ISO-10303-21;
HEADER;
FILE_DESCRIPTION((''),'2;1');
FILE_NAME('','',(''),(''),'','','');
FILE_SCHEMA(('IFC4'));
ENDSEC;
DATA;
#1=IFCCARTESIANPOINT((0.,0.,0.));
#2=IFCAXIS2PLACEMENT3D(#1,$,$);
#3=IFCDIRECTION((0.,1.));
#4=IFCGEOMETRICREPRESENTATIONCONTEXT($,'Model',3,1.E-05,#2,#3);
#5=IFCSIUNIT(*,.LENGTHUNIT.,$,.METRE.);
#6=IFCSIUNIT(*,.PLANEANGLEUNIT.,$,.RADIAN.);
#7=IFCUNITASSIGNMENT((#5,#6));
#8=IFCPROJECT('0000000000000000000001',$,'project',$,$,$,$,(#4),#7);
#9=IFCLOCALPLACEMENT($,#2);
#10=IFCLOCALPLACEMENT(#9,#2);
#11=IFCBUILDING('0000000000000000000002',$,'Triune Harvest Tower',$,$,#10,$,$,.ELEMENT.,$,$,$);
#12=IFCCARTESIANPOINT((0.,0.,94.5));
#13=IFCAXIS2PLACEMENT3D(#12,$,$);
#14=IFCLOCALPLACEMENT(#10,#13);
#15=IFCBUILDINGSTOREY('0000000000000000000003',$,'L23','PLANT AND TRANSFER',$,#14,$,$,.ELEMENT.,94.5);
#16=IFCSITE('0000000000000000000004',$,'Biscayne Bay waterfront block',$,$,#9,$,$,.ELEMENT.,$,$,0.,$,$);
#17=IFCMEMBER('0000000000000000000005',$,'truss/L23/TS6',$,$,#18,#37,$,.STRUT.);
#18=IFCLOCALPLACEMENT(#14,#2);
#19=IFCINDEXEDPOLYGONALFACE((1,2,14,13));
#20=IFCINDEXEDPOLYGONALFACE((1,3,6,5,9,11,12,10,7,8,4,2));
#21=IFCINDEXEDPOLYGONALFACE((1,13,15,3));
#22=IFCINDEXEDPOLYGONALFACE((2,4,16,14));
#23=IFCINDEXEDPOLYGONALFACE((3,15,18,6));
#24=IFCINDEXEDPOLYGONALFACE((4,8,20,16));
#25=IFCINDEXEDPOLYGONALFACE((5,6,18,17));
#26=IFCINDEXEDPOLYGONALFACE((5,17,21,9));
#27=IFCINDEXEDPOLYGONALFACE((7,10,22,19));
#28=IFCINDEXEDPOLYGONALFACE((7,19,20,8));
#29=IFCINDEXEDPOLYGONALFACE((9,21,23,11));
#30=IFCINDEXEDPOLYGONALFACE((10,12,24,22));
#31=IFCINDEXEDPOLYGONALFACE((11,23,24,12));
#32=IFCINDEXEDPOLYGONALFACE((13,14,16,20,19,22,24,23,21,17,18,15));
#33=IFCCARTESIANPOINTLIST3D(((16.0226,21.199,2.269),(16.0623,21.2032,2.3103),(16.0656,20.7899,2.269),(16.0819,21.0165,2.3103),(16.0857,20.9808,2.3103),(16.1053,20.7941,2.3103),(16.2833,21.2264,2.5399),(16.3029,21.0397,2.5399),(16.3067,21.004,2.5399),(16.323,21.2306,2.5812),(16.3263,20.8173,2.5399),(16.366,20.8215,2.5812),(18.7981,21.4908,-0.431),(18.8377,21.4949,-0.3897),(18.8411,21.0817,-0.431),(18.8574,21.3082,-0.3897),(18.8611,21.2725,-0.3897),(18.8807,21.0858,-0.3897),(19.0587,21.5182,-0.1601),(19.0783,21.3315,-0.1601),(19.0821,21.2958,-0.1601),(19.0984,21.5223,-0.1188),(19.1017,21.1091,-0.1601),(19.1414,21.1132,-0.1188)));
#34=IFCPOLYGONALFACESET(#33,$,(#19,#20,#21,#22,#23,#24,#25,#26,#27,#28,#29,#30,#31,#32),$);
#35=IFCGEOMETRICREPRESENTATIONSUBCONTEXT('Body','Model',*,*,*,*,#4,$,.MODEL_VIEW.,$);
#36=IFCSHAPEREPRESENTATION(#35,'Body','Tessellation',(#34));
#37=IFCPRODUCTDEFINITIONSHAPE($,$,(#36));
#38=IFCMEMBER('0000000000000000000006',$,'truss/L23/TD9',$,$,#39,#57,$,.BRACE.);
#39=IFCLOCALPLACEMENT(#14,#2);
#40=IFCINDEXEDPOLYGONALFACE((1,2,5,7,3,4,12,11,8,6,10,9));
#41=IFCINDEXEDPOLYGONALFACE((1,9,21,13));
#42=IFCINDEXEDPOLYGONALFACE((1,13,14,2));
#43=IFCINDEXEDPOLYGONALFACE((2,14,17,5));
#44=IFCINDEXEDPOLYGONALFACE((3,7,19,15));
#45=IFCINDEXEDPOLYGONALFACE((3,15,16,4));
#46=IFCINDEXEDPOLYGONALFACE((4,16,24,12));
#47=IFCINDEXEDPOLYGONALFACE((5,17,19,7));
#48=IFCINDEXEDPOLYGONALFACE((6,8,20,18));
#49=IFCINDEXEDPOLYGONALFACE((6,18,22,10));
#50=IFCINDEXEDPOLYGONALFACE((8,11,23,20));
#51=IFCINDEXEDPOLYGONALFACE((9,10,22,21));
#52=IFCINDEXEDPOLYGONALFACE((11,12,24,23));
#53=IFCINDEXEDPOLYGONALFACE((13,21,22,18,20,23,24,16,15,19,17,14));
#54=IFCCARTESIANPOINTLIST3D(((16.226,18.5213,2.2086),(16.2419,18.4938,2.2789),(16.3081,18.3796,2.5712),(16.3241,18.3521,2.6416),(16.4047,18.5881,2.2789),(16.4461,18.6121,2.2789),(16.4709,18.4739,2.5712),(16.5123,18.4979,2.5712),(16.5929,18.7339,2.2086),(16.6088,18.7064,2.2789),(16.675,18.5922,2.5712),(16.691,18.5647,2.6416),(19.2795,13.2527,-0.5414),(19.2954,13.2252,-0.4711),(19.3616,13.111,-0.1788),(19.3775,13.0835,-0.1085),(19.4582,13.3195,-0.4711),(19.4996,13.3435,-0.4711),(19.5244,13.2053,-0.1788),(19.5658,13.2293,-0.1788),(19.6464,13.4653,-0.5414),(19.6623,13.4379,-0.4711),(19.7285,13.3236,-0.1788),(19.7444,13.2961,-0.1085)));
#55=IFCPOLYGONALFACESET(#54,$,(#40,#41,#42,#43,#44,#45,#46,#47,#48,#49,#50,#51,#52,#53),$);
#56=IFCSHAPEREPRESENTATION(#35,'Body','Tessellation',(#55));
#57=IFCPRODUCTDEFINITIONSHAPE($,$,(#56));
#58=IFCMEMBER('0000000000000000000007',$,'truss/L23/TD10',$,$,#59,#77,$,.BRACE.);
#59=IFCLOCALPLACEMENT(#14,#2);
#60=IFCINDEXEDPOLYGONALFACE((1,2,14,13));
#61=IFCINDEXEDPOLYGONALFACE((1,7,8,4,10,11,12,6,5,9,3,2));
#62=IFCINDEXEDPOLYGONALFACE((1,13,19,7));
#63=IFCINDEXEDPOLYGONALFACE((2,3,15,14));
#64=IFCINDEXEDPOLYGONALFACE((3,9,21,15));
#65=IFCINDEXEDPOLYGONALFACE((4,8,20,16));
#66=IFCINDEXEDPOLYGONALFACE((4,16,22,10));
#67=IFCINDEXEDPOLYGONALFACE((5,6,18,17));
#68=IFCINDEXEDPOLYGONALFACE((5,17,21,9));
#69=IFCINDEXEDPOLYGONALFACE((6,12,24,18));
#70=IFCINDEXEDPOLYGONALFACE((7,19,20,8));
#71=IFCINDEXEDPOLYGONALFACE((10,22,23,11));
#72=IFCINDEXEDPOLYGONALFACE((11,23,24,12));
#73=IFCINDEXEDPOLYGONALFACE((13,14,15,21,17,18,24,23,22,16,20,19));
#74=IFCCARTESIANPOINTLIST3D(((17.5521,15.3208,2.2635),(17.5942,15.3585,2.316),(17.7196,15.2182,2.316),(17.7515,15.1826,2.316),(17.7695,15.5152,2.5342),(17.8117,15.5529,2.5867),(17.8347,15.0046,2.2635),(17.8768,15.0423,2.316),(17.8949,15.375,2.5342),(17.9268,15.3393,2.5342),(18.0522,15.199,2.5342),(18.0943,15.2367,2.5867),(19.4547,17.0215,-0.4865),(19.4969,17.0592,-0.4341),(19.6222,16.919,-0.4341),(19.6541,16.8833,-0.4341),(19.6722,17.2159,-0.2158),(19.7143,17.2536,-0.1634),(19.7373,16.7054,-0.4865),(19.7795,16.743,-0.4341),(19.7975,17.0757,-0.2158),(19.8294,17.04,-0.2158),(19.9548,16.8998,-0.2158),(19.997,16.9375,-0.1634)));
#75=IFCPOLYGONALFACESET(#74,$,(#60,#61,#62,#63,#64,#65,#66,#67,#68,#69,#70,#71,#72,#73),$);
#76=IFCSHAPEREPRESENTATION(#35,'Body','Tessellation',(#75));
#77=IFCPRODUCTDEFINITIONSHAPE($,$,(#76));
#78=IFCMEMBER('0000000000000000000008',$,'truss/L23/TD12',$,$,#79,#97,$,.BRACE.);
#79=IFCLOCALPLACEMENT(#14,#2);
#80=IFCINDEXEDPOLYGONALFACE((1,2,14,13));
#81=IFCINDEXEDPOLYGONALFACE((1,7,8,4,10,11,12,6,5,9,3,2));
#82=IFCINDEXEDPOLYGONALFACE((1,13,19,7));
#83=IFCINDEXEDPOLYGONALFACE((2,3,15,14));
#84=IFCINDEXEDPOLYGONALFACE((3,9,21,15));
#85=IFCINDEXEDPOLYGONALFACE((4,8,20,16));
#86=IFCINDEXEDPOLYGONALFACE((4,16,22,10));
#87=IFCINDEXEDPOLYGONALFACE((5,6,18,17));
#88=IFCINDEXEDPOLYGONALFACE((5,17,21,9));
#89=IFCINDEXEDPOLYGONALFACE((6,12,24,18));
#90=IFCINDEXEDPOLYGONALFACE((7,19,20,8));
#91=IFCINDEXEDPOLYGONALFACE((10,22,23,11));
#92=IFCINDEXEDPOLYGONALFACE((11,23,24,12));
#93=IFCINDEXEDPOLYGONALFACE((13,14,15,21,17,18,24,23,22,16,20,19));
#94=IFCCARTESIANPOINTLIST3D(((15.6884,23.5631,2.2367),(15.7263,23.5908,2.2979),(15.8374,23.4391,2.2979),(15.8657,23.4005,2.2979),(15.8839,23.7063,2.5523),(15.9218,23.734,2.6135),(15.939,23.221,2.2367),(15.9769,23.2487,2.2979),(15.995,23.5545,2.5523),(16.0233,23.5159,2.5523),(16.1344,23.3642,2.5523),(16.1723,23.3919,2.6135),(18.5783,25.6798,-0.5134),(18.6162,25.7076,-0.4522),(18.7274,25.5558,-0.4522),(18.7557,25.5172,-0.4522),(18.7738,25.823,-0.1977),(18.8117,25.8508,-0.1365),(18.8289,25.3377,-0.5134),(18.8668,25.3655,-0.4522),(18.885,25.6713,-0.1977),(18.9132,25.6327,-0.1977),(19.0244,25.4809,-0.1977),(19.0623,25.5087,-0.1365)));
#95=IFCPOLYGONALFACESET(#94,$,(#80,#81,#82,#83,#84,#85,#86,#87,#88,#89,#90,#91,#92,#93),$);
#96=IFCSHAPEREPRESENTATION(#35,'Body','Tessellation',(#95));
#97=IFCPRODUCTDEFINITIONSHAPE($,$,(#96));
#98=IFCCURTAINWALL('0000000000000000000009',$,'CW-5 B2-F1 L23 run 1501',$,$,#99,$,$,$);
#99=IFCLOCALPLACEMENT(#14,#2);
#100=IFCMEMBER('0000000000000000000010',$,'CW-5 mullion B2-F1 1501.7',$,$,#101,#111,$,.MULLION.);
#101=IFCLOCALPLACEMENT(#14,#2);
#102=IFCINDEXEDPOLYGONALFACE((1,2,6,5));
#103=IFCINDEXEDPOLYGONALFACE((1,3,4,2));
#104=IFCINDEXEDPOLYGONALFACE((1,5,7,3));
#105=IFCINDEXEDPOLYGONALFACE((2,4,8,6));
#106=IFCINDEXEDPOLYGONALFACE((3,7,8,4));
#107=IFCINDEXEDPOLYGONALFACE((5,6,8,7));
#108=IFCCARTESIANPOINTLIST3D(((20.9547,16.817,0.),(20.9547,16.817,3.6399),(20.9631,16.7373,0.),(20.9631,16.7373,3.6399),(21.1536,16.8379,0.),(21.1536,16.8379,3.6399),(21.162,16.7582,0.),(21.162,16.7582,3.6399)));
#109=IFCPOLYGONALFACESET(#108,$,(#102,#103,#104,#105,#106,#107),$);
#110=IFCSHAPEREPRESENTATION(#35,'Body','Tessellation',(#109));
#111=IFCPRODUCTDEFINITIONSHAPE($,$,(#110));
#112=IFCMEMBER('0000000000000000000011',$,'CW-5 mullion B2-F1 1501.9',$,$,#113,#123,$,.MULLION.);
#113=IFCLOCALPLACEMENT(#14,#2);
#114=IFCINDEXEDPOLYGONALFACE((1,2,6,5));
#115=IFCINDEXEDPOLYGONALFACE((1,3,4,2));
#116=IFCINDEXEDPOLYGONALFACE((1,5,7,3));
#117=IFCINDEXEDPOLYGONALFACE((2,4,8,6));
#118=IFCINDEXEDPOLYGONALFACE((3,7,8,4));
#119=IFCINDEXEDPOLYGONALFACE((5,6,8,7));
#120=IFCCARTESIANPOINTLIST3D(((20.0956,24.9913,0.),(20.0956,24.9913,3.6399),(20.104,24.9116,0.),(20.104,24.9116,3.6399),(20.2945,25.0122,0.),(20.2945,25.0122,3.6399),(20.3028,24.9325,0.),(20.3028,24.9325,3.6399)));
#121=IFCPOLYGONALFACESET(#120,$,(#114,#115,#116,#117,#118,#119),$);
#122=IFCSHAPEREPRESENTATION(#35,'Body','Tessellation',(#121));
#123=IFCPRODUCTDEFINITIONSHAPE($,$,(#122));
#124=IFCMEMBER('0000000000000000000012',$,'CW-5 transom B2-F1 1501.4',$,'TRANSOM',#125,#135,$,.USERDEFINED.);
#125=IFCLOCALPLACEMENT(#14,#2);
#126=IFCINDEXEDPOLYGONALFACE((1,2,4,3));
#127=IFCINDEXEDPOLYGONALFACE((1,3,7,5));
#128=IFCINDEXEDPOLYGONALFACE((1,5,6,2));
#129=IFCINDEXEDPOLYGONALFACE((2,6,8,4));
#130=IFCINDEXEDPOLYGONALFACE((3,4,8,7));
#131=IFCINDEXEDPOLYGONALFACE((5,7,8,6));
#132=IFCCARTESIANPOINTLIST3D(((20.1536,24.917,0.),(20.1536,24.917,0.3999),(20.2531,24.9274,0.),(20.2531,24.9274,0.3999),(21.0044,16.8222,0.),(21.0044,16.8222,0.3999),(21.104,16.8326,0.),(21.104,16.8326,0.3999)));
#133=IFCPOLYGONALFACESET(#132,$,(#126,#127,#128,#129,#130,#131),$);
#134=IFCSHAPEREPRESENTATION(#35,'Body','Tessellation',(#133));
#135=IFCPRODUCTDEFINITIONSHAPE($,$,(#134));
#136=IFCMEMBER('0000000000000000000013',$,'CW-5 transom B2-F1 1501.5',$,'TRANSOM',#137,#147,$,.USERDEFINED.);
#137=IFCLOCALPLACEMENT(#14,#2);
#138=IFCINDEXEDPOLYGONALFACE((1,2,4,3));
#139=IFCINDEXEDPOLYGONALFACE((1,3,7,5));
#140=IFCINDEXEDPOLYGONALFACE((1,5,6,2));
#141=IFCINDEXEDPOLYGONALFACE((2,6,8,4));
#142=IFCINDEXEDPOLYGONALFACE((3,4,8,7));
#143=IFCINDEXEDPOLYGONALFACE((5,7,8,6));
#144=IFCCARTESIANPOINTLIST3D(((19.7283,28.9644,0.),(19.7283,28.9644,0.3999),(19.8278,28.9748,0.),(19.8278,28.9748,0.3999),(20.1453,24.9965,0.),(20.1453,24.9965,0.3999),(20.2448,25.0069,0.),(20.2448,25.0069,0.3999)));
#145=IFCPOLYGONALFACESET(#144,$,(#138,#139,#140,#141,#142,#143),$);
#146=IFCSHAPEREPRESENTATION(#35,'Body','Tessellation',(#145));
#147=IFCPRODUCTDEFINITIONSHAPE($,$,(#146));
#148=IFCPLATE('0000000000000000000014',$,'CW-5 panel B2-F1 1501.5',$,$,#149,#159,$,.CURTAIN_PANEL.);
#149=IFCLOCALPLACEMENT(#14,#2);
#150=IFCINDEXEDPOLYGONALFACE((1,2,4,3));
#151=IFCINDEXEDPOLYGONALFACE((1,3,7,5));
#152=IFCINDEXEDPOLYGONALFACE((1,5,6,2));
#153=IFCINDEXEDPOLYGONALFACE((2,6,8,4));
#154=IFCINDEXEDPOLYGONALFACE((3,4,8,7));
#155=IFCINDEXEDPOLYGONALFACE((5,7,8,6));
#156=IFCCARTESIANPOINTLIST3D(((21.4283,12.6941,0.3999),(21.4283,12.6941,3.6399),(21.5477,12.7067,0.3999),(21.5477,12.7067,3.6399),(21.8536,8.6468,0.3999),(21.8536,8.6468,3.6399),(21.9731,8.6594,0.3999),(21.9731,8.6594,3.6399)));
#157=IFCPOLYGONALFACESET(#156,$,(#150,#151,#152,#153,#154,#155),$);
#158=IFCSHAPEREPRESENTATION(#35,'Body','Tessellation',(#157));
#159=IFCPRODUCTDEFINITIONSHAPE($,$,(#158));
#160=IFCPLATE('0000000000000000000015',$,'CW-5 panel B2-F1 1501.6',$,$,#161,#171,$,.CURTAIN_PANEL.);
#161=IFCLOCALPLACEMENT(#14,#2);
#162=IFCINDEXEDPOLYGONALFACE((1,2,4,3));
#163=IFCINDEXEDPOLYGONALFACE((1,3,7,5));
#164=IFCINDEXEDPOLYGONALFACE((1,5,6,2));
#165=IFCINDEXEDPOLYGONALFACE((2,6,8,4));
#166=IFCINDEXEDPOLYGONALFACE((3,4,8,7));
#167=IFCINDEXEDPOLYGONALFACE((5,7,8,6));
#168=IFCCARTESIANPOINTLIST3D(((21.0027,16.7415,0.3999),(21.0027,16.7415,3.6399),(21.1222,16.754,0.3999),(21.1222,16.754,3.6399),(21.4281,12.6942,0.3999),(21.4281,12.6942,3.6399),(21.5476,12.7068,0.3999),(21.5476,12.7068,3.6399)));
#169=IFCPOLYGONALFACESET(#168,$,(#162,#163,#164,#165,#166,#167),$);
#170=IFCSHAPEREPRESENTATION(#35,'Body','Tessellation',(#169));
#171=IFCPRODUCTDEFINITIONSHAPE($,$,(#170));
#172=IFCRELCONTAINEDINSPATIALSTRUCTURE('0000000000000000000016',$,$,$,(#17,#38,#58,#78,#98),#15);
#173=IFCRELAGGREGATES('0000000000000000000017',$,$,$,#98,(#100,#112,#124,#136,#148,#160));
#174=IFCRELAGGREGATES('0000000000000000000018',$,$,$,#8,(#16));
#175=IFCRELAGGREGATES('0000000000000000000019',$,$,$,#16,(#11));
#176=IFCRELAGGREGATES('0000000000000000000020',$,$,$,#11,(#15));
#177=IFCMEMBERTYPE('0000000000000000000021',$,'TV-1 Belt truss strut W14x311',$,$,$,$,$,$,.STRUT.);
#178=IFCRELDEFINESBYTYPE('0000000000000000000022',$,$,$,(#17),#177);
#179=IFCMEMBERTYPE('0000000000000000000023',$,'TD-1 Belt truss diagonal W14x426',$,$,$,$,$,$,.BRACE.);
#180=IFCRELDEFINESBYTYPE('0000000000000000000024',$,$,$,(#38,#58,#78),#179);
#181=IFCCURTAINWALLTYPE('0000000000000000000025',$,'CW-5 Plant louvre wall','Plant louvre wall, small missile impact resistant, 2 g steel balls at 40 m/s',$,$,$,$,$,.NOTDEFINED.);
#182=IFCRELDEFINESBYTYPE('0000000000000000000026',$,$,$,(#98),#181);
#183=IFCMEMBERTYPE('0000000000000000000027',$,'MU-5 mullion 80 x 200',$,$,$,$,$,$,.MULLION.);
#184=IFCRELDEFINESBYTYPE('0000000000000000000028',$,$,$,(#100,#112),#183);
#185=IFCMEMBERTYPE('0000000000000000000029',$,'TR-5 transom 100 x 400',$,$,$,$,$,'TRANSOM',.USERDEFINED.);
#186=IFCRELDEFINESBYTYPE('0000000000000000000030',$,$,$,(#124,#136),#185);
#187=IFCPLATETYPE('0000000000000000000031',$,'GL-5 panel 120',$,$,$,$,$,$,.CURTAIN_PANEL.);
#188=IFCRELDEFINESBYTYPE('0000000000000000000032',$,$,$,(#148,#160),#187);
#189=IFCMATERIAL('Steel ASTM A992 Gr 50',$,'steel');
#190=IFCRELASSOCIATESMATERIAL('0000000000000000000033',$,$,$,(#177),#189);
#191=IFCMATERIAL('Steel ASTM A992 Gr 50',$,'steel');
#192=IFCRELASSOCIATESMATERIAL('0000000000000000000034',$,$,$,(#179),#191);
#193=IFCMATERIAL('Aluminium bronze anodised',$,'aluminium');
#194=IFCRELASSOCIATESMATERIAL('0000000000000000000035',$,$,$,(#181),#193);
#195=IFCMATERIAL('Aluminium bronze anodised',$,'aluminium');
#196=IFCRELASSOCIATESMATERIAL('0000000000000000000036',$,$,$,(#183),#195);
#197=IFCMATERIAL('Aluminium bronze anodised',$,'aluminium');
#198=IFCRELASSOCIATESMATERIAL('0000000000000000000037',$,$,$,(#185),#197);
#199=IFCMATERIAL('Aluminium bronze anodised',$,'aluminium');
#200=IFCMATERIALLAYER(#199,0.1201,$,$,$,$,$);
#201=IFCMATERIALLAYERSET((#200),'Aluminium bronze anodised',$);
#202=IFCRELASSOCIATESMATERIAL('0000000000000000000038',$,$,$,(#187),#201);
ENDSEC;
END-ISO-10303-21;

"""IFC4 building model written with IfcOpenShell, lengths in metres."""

from ifc_helpers import new_model, si_unit, direction, frame, origin, origin_2d, place, context, subcontext, project, spatial, rectangle, i_section, extrude, source, transform, mapped, material, layer, layer_set, material_profile, profile_set, type_object, element, aggregate, save


model = new_model("IFC4")

# Units and contexts
model_context = context("Model", 3, precision=1e-05, world=origin(), true_north=direction((0.0, 1.0)))
body_context = subcontext(model_context, "Body", "Model", "MODEL_VIEW")
ifc_project = project(units=[si_unit("LENGTHUNIT", "METRE"), si_unit("PLANEANGLEUNIT", "RADIAN")], contexts=[model_context])

# Site, building, storey
site_placement = place(None, origin())
site = spatial("IfcSite", under=ifc_project, at=site_placement, Name="Biscayne Bay waterfront block", CompositionType="ELEMENT", RefElevation=0.0)
building_placement = place(site_placement, origin())
building = spatial("IfcBuilding", under=site, at=building_placement, Name="Triune Harvest Tower", CompositionType="ELEMENT")
storey_placement = place(building_placement, frame((0.0, 0.0, 94.5)))
storey = spatial("IfcBuildingStorey", under=building, at=storey_placement, Name="L23", Description="PLANT AND TRANSFER", CompositionType="ELEMENT", Elevation=94.5)

# Members
ifc_material_1 = material(Name="Steel ASTM A992 Gr 50", Category="steel")
ifc_material_profile_1 = material_profile(ifc_material_1, i_section(OverallWidth=0.4114, OverallDepth=0.4343, WebThickness=0.0359, FlangeThickness=0.0574, at=origin_2d()), Name="W14x311")
ifc_profile_set_1 = profile_set([ifc_material_profile_1], Name="Steel ASTM A992 Gr 50")
member_type_1 = type_object("IfcMemberType", Name="TV-1 Belt truss strut W14x311", PredefinedType="STRUT", material=ifc_profile_set_1)
shared_shape_1 = source(origin(), body_context, "Body", "SweptSolid", [
    extrude(i_section(OverallWidth=0.4114, OverallDepth=0.4343, WebThickness=0.0359, FlangeThickness=0.0574, at=origin_2d()), origin(), (0.0, 0.0, 1.0), 3.8831),
])
member_1_placement = place(storey_placement, frame((18.9697, 21.302, -0.2749), z_axis=(-0.714755, -0.075135, 0.695327), x_axis=(0.104544, -0.99452, 0.0)))
element("IfcMember", 1, at=member_1_placement, inside=storey, type_object=member_type_1, Name="truss/L23/TS6", PredefinedType="STRUT", context=body_context, shape_type="MappedRepresentation", body=[
    mapped(shared_shape_1, transform((0.0, 0.0, 0.0), scale=1.0)),
])
ifc_material_2 = material(Name="Steel ASTM A992 Gr 50", Category="steel")
ifc_material_profile_2 = material_profile(ifc_material_2, i_section(OverallWidth=0.4241, OverallDepth=0.4751, WebThickness=0.0479, FlangeThickness=0.0771, at=origin_2d()), Name="W14x426")
ifc_profile_set_2 = profile_set([ifc_material_profile_2], Name="Steel ASTM A992 Gr 50")
member_type_2 = type_object("IfcMemberType", Name="TD-1 Belt truss diagonal W14x426", PredefinedType="BRACE", material=ifc_profile_set_2)
shared_shape_2 = source(origin(), body_context, "Body", "SweptSolid", [
    extrude(i_section(OverallWidth=0.4241, OverallDepth=0.4751, WebThickness=0.0479, FlangeThickness=0.0771, at=origin_2d()), origin(), (0.0, 0.0, 1.0), 6.6816),
])
member_2_placement = place(storey_placement, frame((19.512, 13.2744, -0.325), z_axis=(-0.456996, 0.788516, 0.411578), x_axis=(-0.865195, -0.501436, 0.0)))
element("IfcMember", 2, at=member_2_placement, inside=storey, type_object=member_type_2, Name="truss/L23/TD9", PredefinedType="BRACE", context=body_context, shape_type="MappedRepresentation", body=[
    mapped(shared_shape_2, transform((0.0, 0.0, 0.0), scale=1.0)),
])
shared_shape_3 = source(origin(), body_context, "Body", "SweptSolid", [
    extrude(i_section(OverallWidth=0.4241, OverallDepth=0.4751, WebThickness=0.0479, FlangeThickness=0.0771, at=origin_2d()), origin(), (0.0, 0.0, 1.0), 3.7517),
])
member_3_placement = place(storey_placement, frame((19.7258, 16.9795, -0.325), z_axis=(-0.507137, -0.45332, 0.733016), x_axis=(0.66644, -0.745559, 0.0)))
element("IfcMember", 3, at=member_3_placement, inside=storey, type_object=member_type_2, Name="truss/L23/TD10", PredefinedType="BRACE", context=body_context, shape_type="MappedRepresentation", body=[
    mapped(shared_shape_3, transform((0.0, 0.0, 0.0), scale=1.0)),
])
shared_shape_4 = source(origin(), body_context, "Body", "SweptSolid", [
    extrude(i_section(OverallWidth=0.4241, OverallDepth=0.4751, WebThickness=0.0479, FlangeThickness=0.0771, at=origin_2d()), origin(), (0.0, 0.0, 1.0), 4.5161),
])
member_4_placement = place(storey_placement, frame((18.8203, 25.5942, -0.325), z_axis=(-0.639921, -0.468709, 0.608944), x_axis=(0.5909, -0.806745, 0.0)))
element("IfcMember", 4, at=member_4_placement, inside=storey, type_object=member_type_2, Name="truss/L23/TD12", PredefinedType="BRACE", context=body_context, shape_type="MappedRepresentation", body=[
    mapped(shared_shape_4, transform((0.0, 0.0, 0.0), scale=1.0)),
])

# Curtain wall, members, plates
ifc_material_3 = material(Name="Aluminium bronze anodised", Category="aluminium")
curtain_wall_type = type_object("IfcCurtainWallType", Name="CW-5 Plant louvre wall", Description="Plant louvre wall, small missile impact resistant, 2 g steel balls at 40 m/s", PredefinedType="NOTDEFINED", material=ifc_material_3)
curtain_wall_placement = place(storey_placement, origin())
curtain_wall = element("IfcCurtainWall", 5, at=curtain_wall_placement, inside=storey, type_object=curtain_wall_type, Name="CW-5 B2-F1 L23 run 1501")
ifc_material_4 = material(Name="Aluminium bronze anodised", Category="aluminium")
ifc_material_profile_3 = material_profile(ifc_material_4, rectangle(XDim=0.2, YDim=0.0801, at=origin_2d()), Name="MU-5 mullion 80 x 200")
ifc_profile_set_3 = profile_set([ifc_material_profile_3], Name="Aluminium bronze anodised")
member_type_3 = type_object("IfcMemberType", Name="MU-5 mullion 80 x 200", PredefinedType="MULLION", material=ifc_profile_set_3)
shared_shape_5 = source(origin(), body_context, "Body", "SweptSolid", [
    extrude(rectangle(XDim=0.2, YDim=0.0801, at=origin_2d()), origin(), (0.0, 0.0, 1.0), 3.6399),
])
member_5_placement = place(storey_placement, frame((21.0583, 16.7876, 0.0), z_axis=(0.0, 0.0, 1.0), x_axis=(-0.994522, -0.104528, 0.0)))
member_5 = element("IfcMember", 6, at=member_5_placement, type_object=member_type_3, Name="CW-5 mullion B2-F1 1501.7", PredefinedType="MULLION", context=body_context, shape_type="MappedRepresentation", body=[
    mapped(shared_shape_5, transform((0.0, 0.0, 0.0), scale=1.0)),
])
member_6_placement = place(storey_placement, frame((20.1992, 24.9619, 0.0), z_axis=(0.0, 0.0, 1.0), x_axis=(-0.994522, -0.104528, 0.0)))
member_6 = element("IfcMember", 7, at=member_6_placement, type_object=member_type_3, Name="CW-5 mullion B2-F1 1501.9", PredefinedType="MULLION", context=body_context, shape_type="MappedRepresentation", body=[
    mapped(shared_shape_5, transform((0.0, 0.0, 0.0), scale=1.0)),
])
ifc_material_5 = material(Name="Aluminium bronze anodised", Category="aluminium")
ifc_material_profile_4 = material_profile(ifc_material_5, rectangle(XDim=0.1001, YDim=0.3999, at=origin_2d()), Name="TR-5 transom 100 x 400")
ifc_profile_set_4 = profile_set([ifc_material_profile_4], Name="Aluminium bronze anodised")
member_type_4 = type_object("IfcMemberType", Name="TR-5 transom 100 x 400", ElementType="TRANSOM", PredefinedType="USERDEFINED", material=ifc_profile_set_4)
shared_shape_6 = source(origin(), body_context, "Body", "SweptSolid", [
    extrude(rectangle(XDim=0.1001, YDim=0.3999, at=origin_2d()), origin(), (0.0, 0.0, 1.0), 8.1394),
])
member_7_placement = place(storey_placement, frame((21.0542, 16.8274, 0.2), z_axis=(-0.104533, 0.994521, 0.0), x_axis=(-0.994521, -0.104533, 0.0)))
member_7 = element("IfcMember", 8, at=member_7_placement, type_object=member_type_4, Name="CW-5 transom B2-F1 1501.4", ObjectType="TRANSOM", PredefinedType="USERDEFINED", context=body_context, shape_type="MappedRepresentation", body=[
    mapped(shared_shape_6, transform((0.0, 0.0, 0.0), scale=1.0)),
])
shared_shape_7 = source(origin(), body_context, "Body", "SweptSolid", [
    extrude(rectangle(XDim=0.1001, YDim=0.3999, at=origin_2d()), origin(), (0.0, 0.0, 1.0), 3.9897),
])
member_8_placement = place(storey_placement, frame((20.1951, 25.0017, 0.2), z_axis=(-0.104519, 0.994523, 0.0), x_axis=(-0.994523, -0.104519, 0.0)))
member_8 = element("IfcMember", 9, at=member_8_placement, type_object=member_type_4, Name="CW-5 transom B2-F1 1501.5", ObjectType="TRANSOM", PredefinedType="USERDEFINED", context=body_context, shape_type="MappedRepresentation", body=[
    mapped(shared_shape_7, transform((0.0, 0.0, 0.0), scale=1.0)),
])
ifc_material_6 = material(Name="Aluminium bronze anodised", Category="aluminium")
ifc_layer = layer(ifc_material_6, 0.1201)
ifc_layer_set = layer_set([ifc_layer], Name="Aluminium bronze anodised")
plate_type = type_object("IfcPlateType", Name="GL-5 panel 120", PredefinedType="CURTAIN_PANEL", material=ifc_layer_set)
shared_shape_8 = source(origin(), body_context, "Body", "SweptSolid", [
    extrude(rectangle(XDim=4.0696, YDim=0.1201, at=origin_2d()), origin(), (0.0, 0.0, 1.0), 3.24),
])
plate_1_placement = place(storey_placement, frame((21.7007, 10.6768, 0.3999), z_axis=(0.0, 0.0, 1.0), x_axis=(-0.104528, 0.994522, 0.0)))
plate_1 = element("IfcPlate", 10, at=plate_1_placement, type_object=plate_type, Name="CW-5 panel B2-F1 1501.5", PredefinedType="CURTAIN_PANEL", context=body_context, shape_type="MappedRepresentation", body=[
    mapped(shared_shape_8, transform((0.0, 0.0, 0.0), scale=1.0)),
])
plate_2_placement = place(storey_placement, frame((21.2751, 14.7241, 0.3999), z_axis=(0.0, 0.0, 1.0), x_axis=(-0.104528, 0.994522, 0.0)))
plate_2 = element("IfcPlate", 11, at=plate_2_placement, type_object=plate_type, Name="CW-5 panel B2-F1 1501.6", PredefinedType="CURTAIN_PANEL", context=body_context, shape_type="MappedRepresentation", body=[
    mapped(shared_shape_8, transform((0.0, 0.0, 0.0), scale=1.0)),
])
aggregate(curtain_wall, [member_5, member_6, member_7, member_8, plate_1, plate_2])

save(model, "model.ifc")
